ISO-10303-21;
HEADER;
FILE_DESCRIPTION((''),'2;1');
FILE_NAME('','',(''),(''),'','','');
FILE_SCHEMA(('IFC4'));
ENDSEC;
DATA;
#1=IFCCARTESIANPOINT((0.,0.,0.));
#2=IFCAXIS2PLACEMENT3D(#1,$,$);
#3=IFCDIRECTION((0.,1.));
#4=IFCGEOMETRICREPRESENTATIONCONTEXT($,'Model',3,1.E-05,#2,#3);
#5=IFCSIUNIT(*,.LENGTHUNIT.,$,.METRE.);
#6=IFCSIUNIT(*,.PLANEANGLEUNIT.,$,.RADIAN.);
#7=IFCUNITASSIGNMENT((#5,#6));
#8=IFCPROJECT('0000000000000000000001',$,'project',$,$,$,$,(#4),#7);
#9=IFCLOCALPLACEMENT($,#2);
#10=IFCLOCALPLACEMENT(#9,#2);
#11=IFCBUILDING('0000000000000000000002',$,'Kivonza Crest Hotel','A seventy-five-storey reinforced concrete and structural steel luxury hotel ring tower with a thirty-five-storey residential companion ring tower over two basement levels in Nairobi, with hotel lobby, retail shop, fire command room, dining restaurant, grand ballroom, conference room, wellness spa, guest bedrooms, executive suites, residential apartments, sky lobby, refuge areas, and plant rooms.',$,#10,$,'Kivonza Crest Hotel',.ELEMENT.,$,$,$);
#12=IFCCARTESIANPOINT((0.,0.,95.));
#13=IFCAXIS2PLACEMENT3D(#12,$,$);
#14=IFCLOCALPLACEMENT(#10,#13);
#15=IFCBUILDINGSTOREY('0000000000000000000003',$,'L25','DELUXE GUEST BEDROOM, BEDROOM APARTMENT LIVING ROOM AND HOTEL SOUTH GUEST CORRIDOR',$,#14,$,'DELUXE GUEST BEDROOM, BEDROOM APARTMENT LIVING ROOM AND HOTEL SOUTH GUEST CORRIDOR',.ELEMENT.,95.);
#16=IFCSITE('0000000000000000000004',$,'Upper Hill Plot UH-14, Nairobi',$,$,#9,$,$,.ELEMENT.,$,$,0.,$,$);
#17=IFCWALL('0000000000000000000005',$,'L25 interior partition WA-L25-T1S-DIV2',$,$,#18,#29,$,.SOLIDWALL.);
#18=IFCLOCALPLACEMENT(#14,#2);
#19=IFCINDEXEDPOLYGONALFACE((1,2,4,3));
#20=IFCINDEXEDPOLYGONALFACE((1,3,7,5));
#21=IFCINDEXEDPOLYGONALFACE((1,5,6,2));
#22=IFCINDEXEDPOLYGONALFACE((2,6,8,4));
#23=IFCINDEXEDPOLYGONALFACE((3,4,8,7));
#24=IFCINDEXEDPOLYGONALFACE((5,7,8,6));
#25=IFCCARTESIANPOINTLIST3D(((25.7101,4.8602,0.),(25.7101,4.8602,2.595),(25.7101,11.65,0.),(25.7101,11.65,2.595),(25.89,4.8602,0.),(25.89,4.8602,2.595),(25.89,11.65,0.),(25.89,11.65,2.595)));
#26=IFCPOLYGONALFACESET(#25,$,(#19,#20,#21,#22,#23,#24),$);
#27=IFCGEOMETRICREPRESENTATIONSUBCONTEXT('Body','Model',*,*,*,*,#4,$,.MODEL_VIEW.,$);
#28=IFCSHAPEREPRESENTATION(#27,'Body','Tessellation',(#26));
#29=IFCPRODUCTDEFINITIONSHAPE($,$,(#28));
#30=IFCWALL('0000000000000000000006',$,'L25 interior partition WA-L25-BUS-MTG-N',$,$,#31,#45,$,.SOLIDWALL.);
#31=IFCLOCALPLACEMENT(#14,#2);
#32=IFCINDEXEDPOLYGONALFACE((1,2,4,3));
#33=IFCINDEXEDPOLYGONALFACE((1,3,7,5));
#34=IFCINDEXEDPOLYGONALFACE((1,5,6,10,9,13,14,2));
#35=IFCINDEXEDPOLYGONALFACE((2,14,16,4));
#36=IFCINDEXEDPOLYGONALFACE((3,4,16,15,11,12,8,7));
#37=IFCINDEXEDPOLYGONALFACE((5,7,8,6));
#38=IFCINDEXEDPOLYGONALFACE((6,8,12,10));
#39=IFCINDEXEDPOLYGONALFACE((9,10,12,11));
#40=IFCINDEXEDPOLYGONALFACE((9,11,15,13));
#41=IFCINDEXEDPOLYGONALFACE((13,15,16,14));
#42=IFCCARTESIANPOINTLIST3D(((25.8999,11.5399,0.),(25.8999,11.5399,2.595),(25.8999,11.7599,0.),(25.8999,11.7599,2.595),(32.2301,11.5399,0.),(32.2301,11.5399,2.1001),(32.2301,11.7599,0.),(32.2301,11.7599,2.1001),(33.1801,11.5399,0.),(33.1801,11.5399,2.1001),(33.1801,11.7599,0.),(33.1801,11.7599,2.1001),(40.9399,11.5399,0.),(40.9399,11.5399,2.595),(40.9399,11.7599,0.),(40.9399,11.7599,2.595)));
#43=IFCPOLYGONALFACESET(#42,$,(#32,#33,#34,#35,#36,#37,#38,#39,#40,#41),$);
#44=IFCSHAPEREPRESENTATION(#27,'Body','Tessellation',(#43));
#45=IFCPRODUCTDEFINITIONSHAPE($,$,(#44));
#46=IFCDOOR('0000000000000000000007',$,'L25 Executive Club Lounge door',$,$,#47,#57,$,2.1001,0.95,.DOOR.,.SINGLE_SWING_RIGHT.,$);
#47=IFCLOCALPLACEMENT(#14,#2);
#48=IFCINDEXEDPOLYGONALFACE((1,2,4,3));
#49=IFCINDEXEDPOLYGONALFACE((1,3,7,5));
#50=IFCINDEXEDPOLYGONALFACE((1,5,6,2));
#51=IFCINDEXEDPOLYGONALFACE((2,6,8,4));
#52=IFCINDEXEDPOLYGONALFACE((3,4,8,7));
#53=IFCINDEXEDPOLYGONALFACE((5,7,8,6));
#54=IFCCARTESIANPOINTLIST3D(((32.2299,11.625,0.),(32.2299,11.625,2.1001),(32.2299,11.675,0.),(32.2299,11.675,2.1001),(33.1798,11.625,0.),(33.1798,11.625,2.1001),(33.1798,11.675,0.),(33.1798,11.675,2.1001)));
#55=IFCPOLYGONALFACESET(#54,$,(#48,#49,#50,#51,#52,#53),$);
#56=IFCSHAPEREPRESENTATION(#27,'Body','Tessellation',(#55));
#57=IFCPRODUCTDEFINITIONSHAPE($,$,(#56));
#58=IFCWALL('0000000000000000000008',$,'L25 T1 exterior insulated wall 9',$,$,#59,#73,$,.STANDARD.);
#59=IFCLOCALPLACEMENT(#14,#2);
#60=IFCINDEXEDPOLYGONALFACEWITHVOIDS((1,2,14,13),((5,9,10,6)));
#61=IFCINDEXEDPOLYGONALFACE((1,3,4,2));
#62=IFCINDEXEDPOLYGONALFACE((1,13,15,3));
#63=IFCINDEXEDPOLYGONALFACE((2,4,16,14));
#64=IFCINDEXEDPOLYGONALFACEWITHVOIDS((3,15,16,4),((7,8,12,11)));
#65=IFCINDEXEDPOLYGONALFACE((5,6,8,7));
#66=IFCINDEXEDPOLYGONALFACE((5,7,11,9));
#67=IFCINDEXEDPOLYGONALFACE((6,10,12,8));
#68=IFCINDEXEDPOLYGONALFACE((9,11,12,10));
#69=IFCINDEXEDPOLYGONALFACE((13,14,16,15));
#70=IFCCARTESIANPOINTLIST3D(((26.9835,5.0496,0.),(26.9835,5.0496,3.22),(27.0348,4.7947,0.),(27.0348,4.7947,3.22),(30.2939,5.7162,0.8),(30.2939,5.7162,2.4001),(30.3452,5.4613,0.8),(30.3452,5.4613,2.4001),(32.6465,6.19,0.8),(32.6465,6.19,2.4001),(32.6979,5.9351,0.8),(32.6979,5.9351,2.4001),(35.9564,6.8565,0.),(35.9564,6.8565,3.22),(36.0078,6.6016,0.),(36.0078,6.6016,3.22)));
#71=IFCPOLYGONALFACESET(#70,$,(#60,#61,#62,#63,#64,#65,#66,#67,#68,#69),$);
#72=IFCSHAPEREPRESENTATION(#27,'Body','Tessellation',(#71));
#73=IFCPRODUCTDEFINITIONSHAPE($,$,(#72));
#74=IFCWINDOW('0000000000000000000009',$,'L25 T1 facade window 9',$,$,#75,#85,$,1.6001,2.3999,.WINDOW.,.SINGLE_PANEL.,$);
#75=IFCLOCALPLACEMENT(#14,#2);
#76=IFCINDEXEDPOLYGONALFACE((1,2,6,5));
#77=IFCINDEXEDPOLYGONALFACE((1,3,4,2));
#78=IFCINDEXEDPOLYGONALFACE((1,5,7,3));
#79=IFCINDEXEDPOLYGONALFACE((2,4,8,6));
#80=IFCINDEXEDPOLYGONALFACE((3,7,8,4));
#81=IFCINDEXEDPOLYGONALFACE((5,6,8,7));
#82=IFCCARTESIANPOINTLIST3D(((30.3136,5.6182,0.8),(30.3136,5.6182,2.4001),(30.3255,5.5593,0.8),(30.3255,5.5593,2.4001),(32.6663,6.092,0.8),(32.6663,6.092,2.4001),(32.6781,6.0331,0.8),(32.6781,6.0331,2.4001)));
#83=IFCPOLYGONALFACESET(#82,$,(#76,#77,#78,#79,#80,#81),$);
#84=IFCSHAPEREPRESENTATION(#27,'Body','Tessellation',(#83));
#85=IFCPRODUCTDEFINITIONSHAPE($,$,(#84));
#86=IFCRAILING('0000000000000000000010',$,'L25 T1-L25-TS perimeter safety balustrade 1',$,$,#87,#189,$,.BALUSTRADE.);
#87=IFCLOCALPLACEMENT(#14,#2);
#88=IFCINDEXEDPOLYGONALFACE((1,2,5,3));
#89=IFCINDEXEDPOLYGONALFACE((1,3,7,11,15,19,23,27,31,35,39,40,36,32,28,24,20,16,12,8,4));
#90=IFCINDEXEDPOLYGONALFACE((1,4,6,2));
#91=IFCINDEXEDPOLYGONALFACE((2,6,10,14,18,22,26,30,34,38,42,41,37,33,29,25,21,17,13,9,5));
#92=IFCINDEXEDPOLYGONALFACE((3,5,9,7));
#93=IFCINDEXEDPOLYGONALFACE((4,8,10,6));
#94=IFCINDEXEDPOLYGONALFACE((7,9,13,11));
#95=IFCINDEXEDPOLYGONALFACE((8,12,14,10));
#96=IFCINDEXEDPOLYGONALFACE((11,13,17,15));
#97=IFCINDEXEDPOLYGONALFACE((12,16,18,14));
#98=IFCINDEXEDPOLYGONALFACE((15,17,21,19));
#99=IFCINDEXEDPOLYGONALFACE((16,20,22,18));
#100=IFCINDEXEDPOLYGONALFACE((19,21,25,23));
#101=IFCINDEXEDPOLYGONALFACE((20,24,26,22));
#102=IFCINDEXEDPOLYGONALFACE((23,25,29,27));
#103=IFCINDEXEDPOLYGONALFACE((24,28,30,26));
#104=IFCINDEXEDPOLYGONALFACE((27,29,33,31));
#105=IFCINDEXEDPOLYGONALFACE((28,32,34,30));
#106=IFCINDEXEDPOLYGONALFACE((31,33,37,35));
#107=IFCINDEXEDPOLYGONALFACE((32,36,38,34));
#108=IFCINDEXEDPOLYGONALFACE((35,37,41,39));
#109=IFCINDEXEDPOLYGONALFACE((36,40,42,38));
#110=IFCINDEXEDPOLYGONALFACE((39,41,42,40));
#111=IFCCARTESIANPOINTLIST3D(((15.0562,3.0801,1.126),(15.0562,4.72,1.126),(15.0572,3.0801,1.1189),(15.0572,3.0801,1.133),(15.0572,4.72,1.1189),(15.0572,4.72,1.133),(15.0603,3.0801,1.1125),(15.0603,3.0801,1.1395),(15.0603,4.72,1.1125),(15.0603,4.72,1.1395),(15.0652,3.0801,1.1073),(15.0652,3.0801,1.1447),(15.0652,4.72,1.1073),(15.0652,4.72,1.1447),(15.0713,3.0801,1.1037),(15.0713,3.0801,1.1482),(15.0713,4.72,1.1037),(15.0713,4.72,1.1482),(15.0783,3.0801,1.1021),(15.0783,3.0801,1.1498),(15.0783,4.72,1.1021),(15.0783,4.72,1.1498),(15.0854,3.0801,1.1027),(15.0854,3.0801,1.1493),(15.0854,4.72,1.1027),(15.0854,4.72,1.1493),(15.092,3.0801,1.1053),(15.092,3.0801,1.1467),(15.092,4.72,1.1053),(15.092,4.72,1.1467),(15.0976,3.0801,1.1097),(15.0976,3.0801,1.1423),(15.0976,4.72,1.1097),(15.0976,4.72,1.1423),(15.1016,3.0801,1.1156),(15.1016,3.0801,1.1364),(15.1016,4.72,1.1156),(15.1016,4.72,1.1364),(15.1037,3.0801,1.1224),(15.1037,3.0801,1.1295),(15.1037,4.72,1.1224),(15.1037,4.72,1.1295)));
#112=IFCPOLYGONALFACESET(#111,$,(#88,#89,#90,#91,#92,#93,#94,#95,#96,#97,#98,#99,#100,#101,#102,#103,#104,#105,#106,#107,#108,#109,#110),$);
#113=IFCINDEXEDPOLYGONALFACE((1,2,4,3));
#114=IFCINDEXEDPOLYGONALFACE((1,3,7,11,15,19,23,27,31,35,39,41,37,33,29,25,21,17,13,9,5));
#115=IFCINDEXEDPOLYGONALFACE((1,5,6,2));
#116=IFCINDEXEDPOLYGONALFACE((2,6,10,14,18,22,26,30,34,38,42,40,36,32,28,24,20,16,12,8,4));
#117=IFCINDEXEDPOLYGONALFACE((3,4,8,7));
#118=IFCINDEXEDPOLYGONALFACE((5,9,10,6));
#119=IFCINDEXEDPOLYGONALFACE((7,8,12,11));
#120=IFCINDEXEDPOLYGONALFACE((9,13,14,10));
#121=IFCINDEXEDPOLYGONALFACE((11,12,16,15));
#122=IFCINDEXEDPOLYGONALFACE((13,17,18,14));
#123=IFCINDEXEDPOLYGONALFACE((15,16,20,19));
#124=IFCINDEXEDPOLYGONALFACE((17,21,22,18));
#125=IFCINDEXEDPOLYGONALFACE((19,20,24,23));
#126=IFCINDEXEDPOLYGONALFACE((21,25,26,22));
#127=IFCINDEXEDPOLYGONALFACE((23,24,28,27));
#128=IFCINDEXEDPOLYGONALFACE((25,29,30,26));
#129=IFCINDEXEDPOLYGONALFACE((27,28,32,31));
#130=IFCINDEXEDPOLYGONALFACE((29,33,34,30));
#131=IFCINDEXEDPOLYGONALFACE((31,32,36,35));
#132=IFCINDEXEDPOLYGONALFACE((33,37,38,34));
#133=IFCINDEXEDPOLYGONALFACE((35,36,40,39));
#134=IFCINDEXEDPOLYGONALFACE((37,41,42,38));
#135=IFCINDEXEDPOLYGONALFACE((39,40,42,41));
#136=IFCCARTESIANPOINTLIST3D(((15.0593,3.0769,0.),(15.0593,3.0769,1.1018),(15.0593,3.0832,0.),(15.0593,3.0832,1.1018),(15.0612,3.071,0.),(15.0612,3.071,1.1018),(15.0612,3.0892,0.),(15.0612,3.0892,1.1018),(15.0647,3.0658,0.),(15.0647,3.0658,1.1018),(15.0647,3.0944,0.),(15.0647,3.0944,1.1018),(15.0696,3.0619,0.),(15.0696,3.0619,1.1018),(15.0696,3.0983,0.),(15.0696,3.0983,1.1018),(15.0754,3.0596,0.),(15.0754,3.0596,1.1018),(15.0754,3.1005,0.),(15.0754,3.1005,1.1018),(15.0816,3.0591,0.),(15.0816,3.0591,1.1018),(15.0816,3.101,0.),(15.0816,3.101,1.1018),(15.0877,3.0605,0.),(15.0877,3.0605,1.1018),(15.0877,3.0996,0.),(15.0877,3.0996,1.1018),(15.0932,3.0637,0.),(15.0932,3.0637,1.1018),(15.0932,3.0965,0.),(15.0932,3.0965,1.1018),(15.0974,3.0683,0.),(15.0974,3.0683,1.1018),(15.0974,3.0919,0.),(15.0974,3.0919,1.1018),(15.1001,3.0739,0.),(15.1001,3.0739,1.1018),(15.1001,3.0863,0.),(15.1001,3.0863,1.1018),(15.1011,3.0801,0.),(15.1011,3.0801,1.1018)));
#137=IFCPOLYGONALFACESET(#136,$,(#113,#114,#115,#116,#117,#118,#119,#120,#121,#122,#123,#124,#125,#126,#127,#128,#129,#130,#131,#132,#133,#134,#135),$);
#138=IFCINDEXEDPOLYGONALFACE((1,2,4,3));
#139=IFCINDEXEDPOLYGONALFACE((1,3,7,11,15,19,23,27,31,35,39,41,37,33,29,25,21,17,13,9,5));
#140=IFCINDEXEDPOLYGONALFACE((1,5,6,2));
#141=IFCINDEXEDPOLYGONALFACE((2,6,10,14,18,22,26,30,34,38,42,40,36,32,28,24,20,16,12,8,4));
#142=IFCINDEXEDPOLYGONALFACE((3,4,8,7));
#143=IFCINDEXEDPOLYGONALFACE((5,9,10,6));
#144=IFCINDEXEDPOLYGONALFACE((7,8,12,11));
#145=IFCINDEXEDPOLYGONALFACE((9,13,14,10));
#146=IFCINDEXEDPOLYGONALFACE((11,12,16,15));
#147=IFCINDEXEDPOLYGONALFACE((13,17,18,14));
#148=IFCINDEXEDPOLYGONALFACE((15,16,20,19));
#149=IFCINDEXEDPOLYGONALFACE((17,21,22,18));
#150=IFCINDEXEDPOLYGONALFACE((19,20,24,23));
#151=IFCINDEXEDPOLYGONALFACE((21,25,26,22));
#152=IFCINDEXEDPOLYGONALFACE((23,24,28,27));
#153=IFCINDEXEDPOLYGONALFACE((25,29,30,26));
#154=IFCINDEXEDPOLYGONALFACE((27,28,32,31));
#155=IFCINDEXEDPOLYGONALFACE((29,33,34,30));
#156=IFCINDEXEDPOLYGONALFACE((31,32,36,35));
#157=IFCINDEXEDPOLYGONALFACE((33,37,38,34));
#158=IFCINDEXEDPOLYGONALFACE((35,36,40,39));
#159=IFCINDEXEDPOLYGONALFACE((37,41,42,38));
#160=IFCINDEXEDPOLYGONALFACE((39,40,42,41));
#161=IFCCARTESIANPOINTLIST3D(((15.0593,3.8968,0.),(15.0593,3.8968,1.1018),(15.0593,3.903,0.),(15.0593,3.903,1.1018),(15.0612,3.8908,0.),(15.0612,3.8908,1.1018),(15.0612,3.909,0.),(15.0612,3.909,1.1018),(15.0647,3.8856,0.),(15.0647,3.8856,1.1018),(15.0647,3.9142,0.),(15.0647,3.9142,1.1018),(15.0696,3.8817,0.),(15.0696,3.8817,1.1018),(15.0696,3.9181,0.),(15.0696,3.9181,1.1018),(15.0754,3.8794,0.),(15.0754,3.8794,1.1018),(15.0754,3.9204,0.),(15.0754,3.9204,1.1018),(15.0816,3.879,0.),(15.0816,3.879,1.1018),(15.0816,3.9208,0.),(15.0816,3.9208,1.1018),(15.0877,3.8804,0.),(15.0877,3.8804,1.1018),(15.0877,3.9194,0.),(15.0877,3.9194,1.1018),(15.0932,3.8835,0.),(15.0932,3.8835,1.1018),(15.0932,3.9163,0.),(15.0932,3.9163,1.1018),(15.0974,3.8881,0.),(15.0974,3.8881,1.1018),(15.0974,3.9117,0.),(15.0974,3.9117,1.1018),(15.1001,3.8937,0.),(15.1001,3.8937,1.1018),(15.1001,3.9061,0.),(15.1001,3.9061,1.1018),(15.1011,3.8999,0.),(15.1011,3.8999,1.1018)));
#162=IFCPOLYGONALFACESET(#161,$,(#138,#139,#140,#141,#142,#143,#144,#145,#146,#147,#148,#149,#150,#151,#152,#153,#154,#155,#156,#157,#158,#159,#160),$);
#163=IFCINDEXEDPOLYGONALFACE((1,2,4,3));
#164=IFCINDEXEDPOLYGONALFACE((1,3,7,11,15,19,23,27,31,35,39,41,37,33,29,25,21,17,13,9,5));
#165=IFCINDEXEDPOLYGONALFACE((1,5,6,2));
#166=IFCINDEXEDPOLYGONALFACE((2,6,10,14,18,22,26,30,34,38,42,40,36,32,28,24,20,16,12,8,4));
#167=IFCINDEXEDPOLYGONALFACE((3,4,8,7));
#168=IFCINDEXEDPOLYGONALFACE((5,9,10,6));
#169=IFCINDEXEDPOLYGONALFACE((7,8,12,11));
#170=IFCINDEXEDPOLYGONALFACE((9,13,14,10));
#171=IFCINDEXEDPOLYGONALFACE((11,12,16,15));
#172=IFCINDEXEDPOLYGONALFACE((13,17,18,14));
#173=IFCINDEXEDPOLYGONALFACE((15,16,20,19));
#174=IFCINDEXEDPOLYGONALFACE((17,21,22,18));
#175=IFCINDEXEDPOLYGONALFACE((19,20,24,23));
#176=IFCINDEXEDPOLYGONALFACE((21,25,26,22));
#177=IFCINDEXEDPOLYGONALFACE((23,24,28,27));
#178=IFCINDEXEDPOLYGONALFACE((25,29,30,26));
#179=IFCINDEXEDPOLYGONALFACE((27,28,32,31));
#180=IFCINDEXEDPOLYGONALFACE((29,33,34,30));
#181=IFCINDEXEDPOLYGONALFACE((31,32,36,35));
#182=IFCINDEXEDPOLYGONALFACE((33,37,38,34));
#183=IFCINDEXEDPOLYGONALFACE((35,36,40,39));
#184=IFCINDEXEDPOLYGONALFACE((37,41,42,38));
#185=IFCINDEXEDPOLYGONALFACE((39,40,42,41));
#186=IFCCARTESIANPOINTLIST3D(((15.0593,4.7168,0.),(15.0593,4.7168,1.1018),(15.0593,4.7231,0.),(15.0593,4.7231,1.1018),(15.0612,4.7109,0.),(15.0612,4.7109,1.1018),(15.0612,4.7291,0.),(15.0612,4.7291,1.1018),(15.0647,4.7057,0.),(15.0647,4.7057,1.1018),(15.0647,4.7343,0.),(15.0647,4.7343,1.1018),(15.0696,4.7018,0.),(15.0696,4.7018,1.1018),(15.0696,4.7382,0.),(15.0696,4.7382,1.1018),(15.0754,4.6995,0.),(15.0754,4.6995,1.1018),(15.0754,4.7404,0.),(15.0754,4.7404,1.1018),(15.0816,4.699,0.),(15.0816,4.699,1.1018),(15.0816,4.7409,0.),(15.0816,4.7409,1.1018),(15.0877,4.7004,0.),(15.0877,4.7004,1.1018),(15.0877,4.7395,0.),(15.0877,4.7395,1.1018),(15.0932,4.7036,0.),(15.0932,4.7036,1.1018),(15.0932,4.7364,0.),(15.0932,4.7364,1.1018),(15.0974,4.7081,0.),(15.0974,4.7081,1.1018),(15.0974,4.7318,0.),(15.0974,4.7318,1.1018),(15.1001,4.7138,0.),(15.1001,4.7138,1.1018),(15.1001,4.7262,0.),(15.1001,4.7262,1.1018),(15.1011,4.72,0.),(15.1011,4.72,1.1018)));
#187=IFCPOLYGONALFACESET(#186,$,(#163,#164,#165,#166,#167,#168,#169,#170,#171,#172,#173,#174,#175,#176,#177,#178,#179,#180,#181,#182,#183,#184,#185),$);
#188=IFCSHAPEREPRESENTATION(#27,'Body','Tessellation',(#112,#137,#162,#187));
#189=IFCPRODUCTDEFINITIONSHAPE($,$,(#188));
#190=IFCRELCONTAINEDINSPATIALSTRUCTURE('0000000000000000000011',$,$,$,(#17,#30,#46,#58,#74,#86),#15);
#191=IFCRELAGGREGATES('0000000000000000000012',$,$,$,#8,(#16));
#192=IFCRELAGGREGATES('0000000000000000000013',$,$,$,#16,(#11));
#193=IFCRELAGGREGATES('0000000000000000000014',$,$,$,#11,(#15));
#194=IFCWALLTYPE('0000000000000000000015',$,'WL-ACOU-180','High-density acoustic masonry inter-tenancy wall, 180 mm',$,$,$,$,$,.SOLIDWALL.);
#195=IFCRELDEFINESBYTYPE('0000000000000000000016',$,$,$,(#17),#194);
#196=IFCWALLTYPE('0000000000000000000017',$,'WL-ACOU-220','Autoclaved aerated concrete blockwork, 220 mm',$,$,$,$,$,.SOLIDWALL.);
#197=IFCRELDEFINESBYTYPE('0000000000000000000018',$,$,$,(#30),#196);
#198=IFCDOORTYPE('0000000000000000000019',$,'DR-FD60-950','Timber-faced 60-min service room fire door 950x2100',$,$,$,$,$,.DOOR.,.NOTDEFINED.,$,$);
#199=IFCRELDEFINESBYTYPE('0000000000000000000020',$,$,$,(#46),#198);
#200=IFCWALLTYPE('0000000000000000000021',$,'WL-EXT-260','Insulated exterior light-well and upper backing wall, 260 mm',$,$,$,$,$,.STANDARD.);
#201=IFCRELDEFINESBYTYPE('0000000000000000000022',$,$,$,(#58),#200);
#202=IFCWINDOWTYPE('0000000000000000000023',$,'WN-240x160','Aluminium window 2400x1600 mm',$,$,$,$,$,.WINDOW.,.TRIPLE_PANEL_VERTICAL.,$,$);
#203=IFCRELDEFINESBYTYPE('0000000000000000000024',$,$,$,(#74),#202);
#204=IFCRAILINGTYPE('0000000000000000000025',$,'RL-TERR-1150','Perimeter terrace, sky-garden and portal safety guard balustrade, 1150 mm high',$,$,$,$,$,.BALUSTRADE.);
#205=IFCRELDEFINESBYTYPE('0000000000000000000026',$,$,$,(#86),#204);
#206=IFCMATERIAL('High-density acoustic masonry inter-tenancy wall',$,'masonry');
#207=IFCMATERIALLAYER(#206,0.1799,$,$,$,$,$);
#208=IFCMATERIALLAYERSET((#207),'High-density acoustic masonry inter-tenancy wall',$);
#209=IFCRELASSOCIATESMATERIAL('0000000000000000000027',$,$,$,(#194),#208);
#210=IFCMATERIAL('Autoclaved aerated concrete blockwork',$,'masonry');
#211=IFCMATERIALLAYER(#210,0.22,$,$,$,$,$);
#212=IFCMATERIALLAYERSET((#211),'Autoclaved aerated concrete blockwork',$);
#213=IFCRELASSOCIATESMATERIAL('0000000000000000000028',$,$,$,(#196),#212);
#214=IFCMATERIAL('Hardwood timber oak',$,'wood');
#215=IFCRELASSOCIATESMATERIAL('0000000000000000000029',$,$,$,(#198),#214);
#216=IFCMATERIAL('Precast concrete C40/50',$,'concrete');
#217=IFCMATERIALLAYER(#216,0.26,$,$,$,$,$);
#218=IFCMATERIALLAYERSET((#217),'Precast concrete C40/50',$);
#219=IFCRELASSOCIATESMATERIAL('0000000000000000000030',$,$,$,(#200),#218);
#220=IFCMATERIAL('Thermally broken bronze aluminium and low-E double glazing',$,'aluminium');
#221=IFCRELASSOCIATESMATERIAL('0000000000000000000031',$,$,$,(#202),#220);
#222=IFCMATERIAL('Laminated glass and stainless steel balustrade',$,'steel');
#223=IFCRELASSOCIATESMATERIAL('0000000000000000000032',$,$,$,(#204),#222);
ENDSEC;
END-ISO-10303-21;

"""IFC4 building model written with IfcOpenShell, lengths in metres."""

from ifc_helpers import new_model, si_unit, direction, frame, frame_2d, origin, origin_2d, place, context, subcontext, project, spatial, rectangle, circle, extrude, material, layer, layer_set, type_object, element, fill, save


model = new_model("IFC4")

# Units and contexts
model_context = context("Model", 3, precision=1e-05, world=origin(), true_north=direction((0.0, 1.0)))
body_context = subcontext(model_context, "Body", "Model", "MODEL_VIEW")
ifc_project = project(units=[si_unit("LENGTHUNIT", "METRE"), si_unit("PLANEANGLEUNIT", "RADIAN")], contexts=[model_context])

# Site, building, storey
site_placement = place(None, origin())
site = spatial("IfcSite", under=ifc_project, at=site_placement, Name="Upper Hill Plot UH-14, Nairobi", CompositionType="ELEMENT", RefElevation=0.0)
building_placement = place(site_placement, origin())
building = spatial("IfcBuilding", under=site, at=building_placement, Name="Kivonza Crest Hotel", Description="A seventy-five-storey reinforced concrete and structural steel luxury hotel ring tower with a thirty-five-storey residential companion ring tower over two basement levels in Nairobi, with hotel lobby, retail shop, fire command room, dining restaurant, grand ballroom, conference room, wellness spa, guest bedrooms, executive suites, residential apartments, sky lobby, refuge areas, and plant rooms.", LongName="Kivonza Crest Hotel", CompositionType="ELEMENT")
storey_placement = place(building_placement, frame((0.0, 0.0, 95.0)))
storey = spatial("IfcBuildingStorey", under=building, at=storey_placement, Name="L25", Description="DELUXE GUEST BEDROOM, BEDROOM APARTMENT LIVING ROOM AND HOTEL SOUTH GUEST CORRIDOR", LongName="DELUXE GUEST BEDROOM, BEDROOM APARTMENT LIVING ROOM AND HOTEL SOUTH GUEST CORRIDOR", CompositionType="ELEMENT", Elevation=95.0)

# Wall
ifc_material_1 = material(Name="High-density acoustic masonry inter-tenancy wall", Category="masonry")
ifc_layer_1 = layer(ifc_material_1, 0.1799)
ifc_layer_set_1 = layer_set([ifc_layer_1], Name="High-density acoustic masonry inter-tenancy wall")
wall_type_1 = type_object("IfcWallType", Name="WL-ACOU-180", Description="High-density acoustic masonry inter-tenancy wall, 180 mm", PredefinedType="SOLIDWALL", material=ifc_layer_set_1)
wall_1_placement = place(storey_placement, frame((25.8, 4.8601, 0.0), z_axis=(0.0, 0.0, 1.0), x_axis=(0.0, 1.0, 0.0)))
element("IfcWall", 1, at=wall_1_placement, inside=storey, type_object=wall_type_1, Name="L25 interior partition WA-L25-T1S-DIV2", PredefinedType="SOLIDWALL", context=body_context, shape_type="SweptSolid", body=[
    extrude(rectangle(XDim=6.7898, YDim=0.1799, at=frame_2d((3.395, 0.0))), origin(), (0.0, 0.0, 1.0), 2.595),
])

# Wall, opening, door
ifc_material_2 = material(Name="Autoclaved aerated concrete blockwork", Category="masonry")
ifc_layer_2 = layer(ifc_material_2, 0.22)
ifc_layer_set_2 = layer_set([ifc_layer_2], Name="Autoclaved aerated concrete blockwork")
wall_type_2 = type_object("IfcWallType", Name="WL-ACOU-220", Description="Autoclaved aerated concrete blockwork, 220 mm", PredefinedType="SOLIDWALL", material=ifc_layer_set_2)
wall_2_placement = place(storey_placement, frame((25.8999, 11.6499, 0.0), z_axis=(0.0, 0.0, 1.0), x_axis=(1.0, 0.0, 0.0)))
wall_2 = element("IfcWall", 2, at=wall_2_placement, inside=storey, type_object=wall_type_2, Name="L25 interior partition WA-L25-BUS-MTG-N", PredefinedType="SOLIDWALL", context=body_context, shape_type="SweptSolid", body=[
    extrude(rectangle(XDim=15.04, YDim=0.22, at=frame_2d((7.52, 0.0))), origin(), (0.0, 0.0, 1.0), 2.595),
])
opening_1_placement = place(wall_2_placement, frame((6.3301, 0.0, 0.0)))
opening_1 = element("IfcOpeningElement", 3, at=opening_1_placement, cuts=wall_2, PredefinedType="OPENING", context=body_context, shape_type="SweptSolid", body=[
    extrude(rectangle(XDim=0.95, YDim=2.1001, at=frame_2d((0.4751, 1.05))), frame((0.0, 0.1201, 0.0), z_axis=(0.0, -1.0, 0.0), x_axis=(1.0, 0.0, 0.0)), (0.0, 0.0, 1.0), 0.24),
])
ifc_material_3 = material(Name="Hardwood timber oak", Category="wood")
door_type_1 = type_object("IfcDoorType", Name="DR-FD60-950", Description="Timber-faced 60-min service room fire door 950x2100", OperationType="NOTDEFINED", PredefinedType="DOOR", material=ifc_material_3)
door_1_placement = place(opening_1_placement, frame((0.95, 0.0, 0.0), z_axis=(0.0, 0.0, 1.0), x_axis=(-1.0, 0.0, 0.0)))
door_1 = element("IfcDoor", 4, at=door_1_placement, inside=storey, type_object=door_type_1, Name="L25 Executive Club Lounge door", OperationType="SINGLE_SWING_RIGHT", OverallHeight=2.1001, OverallWidth=0.95, PredefinedType="DOOR", context=body_context, shape_type="SweptSolid", body=[
    extrude(rectangle(XDim=0.95, YDim=2.1001, at=frame_2d((0.4751, 1.05))), frame((0.0, 0.0249, 0.0), z_axis=(0.0, -1.0, 0.0), x_axis=(1.0, 0.0, 0.0)), (0.0, 0.0, 1.0), 0.05),
])
fill(opening_1, door_1)

# Shared definitions
ifc_material_4 = material(Name="Precast concrete C40/50", Category="concrete")
ifc_layer_3 = layer(ifc_material_4, 0.26)
ifc_layer_set_3 = layer_set([ifc_layer_3], Name="Precast concrete C40/50")
wall_type_3 = type_object("IfcWallType", Name="WL-EXT-260", Description="Insulated exterior light-well and upper backing wall, 260 mm", PredefinedType="STANDARD", material=ifc_layer_set_3)
ifc_material_5 = material(Name="Thermally broken bronze aluminium and low-E double glazing", Category="aluminium")
window_type = type_object("IfcWindowType", Name="WN-240x160", Description="Aluminium window 2400x1600 mm", PartitioningType="TRIPLE_PANEL_VERTICAL", PredefinedType="WINDOW", material=ifc_material_5)

# Wall, opening, window
wall_3_placement = place(storey_placement, frame((27.009, 4.9221, 0.0), z_axis=(0.0, 0.0, 1.0), x_axis=(0.980321, 0.197409, 0.0)))
wall_3 = element("IfcWall", 5, at=wall_3_placement, inside=storey, type_object=wall_type_3, Name="L25 T1 exterior insulated wall 9", PredefinedType="STANDARD", context=body_context, shape_type="SweptSolid", body=[
    extrude(rectangle(XDim=9.1531, YDim=0.26, at=frame_2d((4.5767, 0.0))), origin(), (0.0, 0.0, 1.0), 3.22),
])
opening_2_placement = place(wall_3_placement, frame((3.377, 0.0, 0.8)))
opening_2 = element("IfcOpeningElement", 6, at=opening_2_placement, cuts=wall_3, PredefinedType="OPENING", context=body_context, shape_type="SweptSolid", body=[
    extrude(rectangle(XDim=2.3999, YDim=1.6001, at=frame_2d((1.2, 0.8))), frame((0.0, 0.1401, 0.0), z_axis=(0.0, -1.0, 0.0), x_axis=(1.0, 0.0, 0.0)), (0.0, 0.0, 1.0), 0.28),
])
window_1_placement = place(opening_2_placement, origin())
window_1 = element("IfcWindow", 7, at=window_1_placement, inside=storey, type_object=window_type, Name="L25 T1 facade window 9", OverallHeight=1.6001, OverallWidth=2.3999, PartitioningType="SINGLE_PANEL", PredefinedType="WINDOW", context=body_context, shape_type="SweptSolid", body=[
    extrude(rectangle(XDim=2.3999, YDim=1.6001, at=frame_2d((1.2, 0.8))), frame((0.0, 0.03, 0.0), z_axis=(0.0, -1.0, 0.0), x_axis=(1.0, 0.0, 0.0)), (0.0, 0.0, 1.0), 0.0601),
])
fill(opening_2, window_1)

# Railing
ifc_material_6 = material(Name="Laminated glass and stainless steel balustrade", Category="steel")
railing_type = type_object("IfcRailingType", Name="RL-TERR-1150", Description="Perimeter terrace, sky-garden and portal safety guard balustrade, 1150 mm high", PredefinedType="BALUSTRADE", material=ifc_material_6)
railing_1_placement = place(storey_placement, frame((15.0801, 3.0801, 0.0)))
element("IfcRailing", 8, at=railing_1_placement, inside=storey, type_object=railing_type, Name="L25 T1-L25-TS perimeter safety balustrade 1", PredefinedType="BALUSTRADE", context=body_context, shape_type="SweptSolid", body=[
    extrude(circle(Radius=0.0239, at=origin_2d()), frame((0.0, 0.0, 1.126), z_axis=(0.0, 1.0, 0.0), x_axis=(-1.0, 0.0, 0.0)), (0.0, 0.0, 1.0), 1.6399),
    extrude(circle(Radius=0.021, at=origin_2d()), origin(), (0.0, 0.0, 1.0), 1.1018),
    extrude(circle(Radius=0.021, at=origin_2d()), frame((0.0, 0.8198, 0.0)), (0.0, 0.0, 1.0), 1.1018),
    extrude(circle(Radius=0.021, at=origin_2d()), frame((0.0, 1.6399, 0.0)), (0.0, 0.0, 1.0), 1.1018),
])

save(model, "model.ifc")
